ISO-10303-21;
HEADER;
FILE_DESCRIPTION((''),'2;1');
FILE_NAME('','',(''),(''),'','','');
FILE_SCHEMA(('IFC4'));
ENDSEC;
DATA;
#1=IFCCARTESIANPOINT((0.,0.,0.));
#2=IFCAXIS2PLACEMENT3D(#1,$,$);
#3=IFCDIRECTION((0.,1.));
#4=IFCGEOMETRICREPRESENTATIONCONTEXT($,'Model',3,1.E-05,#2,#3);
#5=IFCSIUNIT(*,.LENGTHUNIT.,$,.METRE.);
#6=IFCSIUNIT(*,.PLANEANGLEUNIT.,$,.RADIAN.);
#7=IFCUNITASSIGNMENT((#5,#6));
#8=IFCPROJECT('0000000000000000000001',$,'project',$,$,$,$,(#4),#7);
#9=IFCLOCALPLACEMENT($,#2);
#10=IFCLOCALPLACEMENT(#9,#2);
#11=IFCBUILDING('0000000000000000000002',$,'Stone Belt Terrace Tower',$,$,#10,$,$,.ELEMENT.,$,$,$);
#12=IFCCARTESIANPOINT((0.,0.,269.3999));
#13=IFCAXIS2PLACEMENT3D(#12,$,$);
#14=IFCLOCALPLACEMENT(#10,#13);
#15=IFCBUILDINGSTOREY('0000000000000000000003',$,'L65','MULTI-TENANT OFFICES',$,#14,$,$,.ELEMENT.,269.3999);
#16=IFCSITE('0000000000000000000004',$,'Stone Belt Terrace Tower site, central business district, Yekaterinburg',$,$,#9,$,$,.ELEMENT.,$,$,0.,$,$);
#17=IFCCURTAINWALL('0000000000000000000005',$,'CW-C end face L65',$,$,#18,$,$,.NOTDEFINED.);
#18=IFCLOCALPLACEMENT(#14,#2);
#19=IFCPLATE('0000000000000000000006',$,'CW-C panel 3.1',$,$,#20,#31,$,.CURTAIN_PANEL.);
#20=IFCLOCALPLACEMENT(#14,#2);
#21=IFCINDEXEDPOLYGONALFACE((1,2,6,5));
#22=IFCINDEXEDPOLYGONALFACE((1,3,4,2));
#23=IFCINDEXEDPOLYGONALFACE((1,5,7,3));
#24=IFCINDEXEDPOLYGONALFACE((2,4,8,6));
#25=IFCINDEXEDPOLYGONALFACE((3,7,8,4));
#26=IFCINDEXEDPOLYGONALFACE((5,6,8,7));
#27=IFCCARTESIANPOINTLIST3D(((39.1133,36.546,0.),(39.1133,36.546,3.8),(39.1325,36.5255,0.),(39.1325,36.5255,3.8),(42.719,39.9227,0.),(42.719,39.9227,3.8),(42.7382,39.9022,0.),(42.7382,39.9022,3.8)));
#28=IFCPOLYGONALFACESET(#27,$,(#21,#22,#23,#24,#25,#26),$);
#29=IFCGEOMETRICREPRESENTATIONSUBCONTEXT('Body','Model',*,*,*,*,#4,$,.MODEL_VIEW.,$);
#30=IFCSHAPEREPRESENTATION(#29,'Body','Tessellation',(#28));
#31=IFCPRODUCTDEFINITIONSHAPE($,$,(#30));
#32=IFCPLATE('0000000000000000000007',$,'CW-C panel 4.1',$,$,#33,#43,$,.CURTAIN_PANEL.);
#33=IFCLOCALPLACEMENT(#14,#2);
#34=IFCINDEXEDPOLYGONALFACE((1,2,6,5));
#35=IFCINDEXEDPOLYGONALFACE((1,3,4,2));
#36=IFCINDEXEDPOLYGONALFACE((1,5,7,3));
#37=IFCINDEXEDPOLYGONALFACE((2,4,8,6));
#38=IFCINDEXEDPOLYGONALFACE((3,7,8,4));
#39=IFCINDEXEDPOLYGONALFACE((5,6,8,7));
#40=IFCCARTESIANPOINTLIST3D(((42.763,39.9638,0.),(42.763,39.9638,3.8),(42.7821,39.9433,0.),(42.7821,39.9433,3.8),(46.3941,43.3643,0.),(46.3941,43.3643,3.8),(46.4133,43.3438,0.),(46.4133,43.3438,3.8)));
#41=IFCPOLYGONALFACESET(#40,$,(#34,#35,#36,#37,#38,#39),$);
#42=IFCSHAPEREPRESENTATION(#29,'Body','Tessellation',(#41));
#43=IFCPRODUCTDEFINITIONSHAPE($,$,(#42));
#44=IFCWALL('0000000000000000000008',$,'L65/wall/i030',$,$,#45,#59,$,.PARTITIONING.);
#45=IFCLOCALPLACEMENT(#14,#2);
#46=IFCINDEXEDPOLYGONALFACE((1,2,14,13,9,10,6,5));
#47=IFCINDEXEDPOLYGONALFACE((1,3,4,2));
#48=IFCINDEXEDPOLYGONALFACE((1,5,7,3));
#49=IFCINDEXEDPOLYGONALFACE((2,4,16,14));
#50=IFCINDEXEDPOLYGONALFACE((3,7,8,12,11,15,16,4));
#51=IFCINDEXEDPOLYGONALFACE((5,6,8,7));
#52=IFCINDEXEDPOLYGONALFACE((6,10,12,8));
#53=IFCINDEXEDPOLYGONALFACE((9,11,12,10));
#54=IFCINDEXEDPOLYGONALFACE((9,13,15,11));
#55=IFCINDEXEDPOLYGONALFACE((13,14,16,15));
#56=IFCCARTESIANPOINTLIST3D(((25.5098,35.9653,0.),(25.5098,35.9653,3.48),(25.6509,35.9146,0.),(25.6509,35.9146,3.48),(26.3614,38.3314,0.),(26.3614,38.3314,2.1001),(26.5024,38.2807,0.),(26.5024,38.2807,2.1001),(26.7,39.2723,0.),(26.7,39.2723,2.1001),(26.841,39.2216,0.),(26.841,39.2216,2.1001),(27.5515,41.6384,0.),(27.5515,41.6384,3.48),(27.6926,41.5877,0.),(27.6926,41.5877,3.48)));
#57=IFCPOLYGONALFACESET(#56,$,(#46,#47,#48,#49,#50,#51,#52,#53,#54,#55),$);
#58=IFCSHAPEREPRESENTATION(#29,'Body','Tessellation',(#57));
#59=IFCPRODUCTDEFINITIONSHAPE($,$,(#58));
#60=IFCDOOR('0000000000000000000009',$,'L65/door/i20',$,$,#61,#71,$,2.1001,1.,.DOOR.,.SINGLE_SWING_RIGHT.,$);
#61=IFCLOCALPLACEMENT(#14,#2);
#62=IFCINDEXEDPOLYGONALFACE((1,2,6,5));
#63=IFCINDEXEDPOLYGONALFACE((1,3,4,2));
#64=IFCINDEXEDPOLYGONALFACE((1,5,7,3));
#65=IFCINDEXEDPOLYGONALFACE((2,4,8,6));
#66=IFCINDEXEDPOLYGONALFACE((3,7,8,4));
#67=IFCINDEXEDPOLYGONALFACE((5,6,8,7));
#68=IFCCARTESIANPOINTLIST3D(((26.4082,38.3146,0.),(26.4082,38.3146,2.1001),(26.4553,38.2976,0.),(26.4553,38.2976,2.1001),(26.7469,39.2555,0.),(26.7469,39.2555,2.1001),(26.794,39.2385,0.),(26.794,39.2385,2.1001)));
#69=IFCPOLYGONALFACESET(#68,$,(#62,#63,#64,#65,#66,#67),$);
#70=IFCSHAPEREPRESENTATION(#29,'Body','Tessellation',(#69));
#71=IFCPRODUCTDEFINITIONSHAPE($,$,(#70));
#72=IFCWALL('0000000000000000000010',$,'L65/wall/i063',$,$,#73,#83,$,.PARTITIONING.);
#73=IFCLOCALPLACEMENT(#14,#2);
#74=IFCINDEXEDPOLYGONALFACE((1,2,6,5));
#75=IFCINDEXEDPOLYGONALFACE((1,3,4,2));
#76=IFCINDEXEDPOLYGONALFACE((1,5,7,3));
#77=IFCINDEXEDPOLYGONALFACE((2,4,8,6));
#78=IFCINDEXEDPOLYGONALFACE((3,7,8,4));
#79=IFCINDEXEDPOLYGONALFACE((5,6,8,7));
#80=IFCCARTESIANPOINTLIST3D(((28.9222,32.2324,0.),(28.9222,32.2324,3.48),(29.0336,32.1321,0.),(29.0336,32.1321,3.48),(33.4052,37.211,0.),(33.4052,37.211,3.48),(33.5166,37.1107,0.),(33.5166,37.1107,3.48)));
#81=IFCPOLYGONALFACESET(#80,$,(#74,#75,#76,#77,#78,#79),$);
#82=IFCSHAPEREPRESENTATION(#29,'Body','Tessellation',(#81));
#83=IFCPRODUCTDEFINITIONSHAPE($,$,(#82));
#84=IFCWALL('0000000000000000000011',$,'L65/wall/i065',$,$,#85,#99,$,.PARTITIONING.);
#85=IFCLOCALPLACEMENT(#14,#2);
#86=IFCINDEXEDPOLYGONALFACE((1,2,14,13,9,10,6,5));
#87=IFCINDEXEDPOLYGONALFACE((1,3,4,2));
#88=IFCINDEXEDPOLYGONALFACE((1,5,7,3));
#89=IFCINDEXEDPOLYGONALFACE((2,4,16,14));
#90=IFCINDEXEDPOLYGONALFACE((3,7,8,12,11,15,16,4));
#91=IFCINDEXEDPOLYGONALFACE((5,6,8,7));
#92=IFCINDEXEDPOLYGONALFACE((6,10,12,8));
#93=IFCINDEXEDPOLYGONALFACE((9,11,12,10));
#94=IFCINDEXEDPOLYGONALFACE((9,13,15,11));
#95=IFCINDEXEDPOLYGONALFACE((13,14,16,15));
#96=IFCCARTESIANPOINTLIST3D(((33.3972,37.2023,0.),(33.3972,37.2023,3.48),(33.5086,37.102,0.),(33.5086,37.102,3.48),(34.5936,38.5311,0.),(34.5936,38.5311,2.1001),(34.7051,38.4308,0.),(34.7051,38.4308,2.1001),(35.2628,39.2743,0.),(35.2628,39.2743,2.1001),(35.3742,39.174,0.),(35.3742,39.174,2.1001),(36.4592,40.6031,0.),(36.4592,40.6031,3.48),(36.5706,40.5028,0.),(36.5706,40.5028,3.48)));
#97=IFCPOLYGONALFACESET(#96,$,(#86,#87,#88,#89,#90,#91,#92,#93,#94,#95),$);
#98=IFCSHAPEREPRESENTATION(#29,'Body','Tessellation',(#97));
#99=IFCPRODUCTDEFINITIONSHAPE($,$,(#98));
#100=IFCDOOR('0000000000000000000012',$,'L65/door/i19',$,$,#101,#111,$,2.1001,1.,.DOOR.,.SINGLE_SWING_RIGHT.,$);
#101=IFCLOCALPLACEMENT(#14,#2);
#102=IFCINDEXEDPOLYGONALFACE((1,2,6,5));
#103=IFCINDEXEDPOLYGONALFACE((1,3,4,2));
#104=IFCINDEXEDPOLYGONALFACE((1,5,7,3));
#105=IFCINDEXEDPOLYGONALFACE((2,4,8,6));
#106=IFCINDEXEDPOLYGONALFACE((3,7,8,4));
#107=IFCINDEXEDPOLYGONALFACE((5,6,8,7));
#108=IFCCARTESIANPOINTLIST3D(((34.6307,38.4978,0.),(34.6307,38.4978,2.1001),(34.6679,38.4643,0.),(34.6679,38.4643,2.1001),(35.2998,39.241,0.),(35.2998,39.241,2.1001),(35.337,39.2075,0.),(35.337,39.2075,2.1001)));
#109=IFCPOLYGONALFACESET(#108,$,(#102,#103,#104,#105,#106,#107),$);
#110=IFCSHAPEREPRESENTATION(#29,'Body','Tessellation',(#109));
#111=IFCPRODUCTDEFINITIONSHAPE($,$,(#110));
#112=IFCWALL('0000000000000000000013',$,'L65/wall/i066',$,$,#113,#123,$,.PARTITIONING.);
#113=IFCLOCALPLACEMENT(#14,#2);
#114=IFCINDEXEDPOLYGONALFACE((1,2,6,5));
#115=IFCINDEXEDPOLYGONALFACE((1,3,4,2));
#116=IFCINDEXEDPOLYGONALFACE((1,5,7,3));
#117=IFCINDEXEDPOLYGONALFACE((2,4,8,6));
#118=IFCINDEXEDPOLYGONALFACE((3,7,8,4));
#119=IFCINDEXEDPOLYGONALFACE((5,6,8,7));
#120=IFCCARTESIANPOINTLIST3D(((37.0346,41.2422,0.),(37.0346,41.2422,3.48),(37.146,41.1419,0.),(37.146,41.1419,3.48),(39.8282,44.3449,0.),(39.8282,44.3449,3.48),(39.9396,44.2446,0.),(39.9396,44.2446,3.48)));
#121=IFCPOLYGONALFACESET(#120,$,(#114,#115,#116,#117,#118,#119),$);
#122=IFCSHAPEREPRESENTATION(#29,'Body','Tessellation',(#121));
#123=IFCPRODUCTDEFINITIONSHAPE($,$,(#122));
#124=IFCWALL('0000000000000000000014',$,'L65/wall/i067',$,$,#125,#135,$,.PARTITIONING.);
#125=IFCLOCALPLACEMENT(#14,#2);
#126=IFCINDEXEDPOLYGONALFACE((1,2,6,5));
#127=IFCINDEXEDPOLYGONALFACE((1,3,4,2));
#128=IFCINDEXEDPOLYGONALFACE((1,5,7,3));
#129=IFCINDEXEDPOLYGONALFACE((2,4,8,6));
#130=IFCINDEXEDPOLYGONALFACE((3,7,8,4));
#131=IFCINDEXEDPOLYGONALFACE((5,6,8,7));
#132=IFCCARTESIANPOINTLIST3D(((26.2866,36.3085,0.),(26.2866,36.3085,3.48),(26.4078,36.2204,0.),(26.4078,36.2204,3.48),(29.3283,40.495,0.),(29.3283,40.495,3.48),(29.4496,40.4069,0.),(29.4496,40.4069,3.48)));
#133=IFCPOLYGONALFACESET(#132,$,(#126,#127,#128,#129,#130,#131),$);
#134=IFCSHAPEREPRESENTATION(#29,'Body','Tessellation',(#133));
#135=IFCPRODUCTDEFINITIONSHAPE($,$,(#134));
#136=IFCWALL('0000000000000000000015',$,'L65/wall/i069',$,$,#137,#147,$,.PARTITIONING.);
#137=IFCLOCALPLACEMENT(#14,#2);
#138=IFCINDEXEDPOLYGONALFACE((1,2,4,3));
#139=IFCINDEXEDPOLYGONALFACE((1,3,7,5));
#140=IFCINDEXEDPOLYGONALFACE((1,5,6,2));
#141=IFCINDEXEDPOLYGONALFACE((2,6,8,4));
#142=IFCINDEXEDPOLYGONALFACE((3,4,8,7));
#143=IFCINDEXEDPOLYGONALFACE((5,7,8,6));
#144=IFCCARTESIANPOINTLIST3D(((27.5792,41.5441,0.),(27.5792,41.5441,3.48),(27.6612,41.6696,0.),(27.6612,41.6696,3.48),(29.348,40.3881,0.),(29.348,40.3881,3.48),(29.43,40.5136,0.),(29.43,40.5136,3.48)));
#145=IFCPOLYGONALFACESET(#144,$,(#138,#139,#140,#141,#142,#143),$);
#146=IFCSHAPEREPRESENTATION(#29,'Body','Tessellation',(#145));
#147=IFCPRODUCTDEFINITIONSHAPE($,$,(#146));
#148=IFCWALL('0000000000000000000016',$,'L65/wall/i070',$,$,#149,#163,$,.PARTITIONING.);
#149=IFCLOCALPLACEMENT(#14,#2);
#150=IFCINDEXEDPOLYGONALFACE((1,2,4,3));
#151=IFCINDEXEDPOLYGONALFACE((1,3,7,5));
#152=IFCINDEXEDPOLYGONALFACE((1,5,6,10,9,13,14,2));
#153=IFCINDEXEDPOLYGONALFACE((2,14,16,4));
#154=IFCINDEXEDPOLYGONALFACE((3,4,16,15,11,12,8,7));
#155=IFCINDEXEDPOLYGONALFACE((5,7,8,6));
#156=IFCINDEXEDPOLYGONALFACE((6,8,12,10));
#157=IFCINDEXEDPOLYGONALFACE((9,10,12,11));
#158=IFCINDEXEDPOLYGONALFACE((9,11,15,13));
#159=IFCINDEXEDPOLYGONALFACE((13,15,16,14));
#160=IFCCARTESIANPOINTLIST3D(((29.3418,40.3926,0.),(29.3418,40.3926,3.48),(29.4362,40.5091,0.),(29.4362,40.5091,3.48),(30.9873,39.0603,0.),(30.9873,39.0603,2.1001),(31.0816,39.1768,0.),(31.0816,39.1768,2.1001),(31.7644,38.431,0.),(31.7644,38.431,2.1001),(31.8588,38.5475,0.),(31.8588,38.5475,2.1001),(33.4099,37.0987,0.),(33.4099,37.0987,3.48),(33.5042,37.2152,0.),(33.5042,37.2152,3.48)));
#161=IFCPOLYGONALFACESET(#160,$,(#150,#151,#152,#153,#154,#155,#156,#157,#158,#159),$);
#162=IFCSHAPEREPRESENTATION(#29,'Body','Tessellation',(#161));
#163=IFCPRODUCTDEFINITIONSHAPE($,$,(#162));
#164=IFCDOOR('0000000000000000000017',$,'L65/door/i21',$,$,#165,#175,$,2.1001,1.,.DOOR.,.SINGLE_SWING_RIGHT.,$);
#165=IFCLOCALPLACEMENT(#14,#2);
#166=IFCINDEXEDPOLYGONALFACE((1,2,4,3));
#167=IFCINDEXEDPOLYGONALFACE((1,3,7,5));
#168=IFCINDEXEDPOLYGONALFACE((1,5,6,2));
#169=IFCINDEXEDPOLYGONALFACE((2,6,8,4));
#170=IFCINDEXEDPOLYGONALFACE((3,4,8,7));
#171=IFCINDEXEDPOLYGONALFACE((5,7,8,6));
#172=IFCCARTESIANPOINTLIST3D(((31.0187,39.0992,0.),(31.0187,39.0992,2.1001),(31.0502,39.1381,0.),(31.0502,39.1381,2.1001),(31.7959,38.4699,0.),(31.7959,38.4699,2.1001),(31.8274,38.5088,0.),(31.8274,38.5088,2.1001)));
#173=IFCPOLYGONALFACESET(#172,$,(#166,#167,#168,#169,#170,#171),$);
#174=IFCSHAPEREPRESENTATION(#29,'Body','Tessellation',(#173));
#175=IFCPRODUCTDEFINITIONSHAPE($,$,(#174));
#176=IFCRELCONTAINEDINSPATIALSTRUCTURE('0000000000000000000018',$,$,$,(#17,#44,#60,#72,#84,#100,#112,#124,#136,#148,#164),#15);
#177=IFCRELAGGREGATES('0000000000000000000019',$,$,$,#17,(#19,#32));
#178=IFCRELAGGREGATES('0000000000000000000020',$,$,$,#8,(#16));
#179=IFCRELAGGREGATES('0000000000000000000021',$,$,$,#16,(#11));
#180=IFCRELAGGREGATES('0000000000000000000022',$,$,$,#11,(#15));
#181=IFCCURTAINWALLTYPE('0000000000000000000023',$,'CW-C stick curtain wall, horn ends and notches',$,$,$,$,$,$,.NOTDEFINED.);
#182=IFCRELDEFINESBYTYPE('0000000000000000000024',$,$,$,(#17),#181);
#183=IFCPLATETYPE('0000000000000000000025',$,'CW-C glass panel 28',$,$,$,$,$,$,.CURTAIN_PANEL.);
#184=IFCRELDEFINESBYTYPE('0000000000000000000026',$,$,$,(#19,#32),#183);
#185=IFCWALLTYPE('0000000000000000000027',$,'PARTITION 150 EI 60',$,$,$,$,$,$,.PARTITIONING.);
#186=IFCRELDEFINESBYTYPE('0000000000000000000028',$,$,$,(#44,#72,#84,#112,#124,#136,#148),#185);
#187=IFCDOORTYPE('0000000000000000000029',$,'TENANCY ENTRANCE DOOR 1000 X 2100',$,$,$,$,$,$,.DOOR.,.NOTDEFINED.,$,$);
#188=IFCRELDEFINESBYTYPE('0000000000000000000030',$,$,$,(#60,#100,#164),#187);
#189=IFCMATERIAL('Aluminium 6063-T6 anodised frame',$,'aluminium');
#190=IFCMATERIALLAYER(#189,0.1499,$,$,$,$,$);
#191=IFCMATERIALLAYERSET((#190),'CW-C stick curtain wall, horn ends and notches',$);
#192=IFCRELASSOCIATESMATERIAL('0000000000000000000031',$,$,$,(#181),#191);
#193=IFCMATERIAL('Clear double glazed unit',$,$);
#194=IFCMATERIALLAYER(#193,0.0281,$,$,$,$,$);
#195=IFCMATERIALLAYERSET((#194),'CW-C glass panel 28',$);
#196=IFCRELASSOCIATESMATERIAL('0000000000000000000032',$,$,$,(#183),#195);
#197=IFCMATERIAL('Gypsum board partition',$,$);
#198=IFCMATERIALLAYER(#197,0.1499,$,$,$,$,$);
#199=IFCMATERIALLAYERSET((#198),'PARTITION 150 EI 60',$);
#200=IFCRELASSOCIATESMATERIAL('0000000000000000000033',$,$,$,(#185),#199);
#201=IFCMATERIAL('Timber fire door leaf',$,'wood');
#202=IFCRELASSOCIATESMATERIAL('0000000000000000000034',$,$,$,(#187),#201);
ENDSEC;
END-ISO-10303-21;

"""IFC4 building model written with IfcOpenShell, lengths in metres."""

from ifc_helpers import new_model, si_unit, direction, frame, frame_2d, origin, origin_2d, place, context, subcontext, project, spatial, rectangle, extrude, material, layer, layer_set, type_object, element, fill, aggregate, save


model = new_model("IFC4")

# Units and contexts
model_context = context("Model", 3, precision=1e-05, world=origin(), true_north=direction((0.0, 1.0)))
body_context = subcontext(model_context, "Body", "Model", "MODEL_VIEW")
ifc_project = project(units=[si_unit("LENGTHUNIT", "METRE"), si_unit("PLANEANGLEUNIT", "RADIAN")], contexts=[model_context])

# Site, building, storey
site_placement = place(None, origin())
site = spatial("IfcSite", under=ifc_project, at=site_placement, Name="Stone Belt Terrace Tower site, central business district, Yekaterinburg", CompositionType="ELEMENT", RefElevation=0.0)
building_placement = place(site_placement, origin())
building = spatial("IfcBuilding", under=site, at=building_placement, Name="Stone Belt Terrace Tower", CompositionType="ELEMENT")
storey_placement = place(building_placement, frame((0.0, 0.0, 269.3999)))
storey = spatial("IfcBuildingStorey", under=building, at=storey_placement, Name="L65", Description="MULTI-TENANT OFFICES", CompositionType="ELEMENT", Elevation=269.3999)

# Curtain wall
ifc_material_1 = material(Name="Aluminium 6063-T6 anodised frame", Category="aluminium")
ifc_layer_1 = layer(ifc_material_1, 0.1499)
ifc_layer_set_1 = layer_set([ifc_layer_1], Name="CW-C stick curtain wall, horn ends and notches")
curtain_wall_type_1 = type_object("IfcCurtainWallType", Name="CW-C stick curtain wall, horn ends and notches", PredefinedType="NOTDEFINED", material=ifc_layer_set_1)
curtain_wall_1_placement = place(storey_placement, origin())
curtain_wall_1 = element("IfcCurtainWall", 1, at=curtain_wall_1_placement, inside=storey, type_object=curtain_wall_type_1, Name="CW-C end face L65", PredefinedType="NOTDEFINED")

# Shared definitions
ifc_material_2 = material(Name="Clear double glazed unit")

# Plates
ifc_layer_2 = layer(ifc_material_2, 0.0281)
ifc_layer_set_2 = layer_set([ifc_layer_2], Name="CW-C glass panel 28")
plate_type_1 = type_object("IfcPlateType", Name="CW-C glass panel 28", PredefinedType="CURTAIN_PANEL", material=ifc_layer_set_2)
plate_1_placement = place(storey_placement, frame((40.9258, 38.2241, 0.0), z_axis=(0.0, 0.0, 1.0), x_axis=(0.729904, 0.683549, 0.0)))
plate_1 = element("IfcPlate", 2, at=plate_1_placement, type_object=plate_type_1, Name="CW-C panel 3.1", PredefinedType="CURTAIN_PANEL", context=body_context, shape_type="SweptSolid", body=[
    extrude(rectangle(XDim=4.9399, YDim=0.0281, at=origin_2d()), origin(), (0.0, 0.0, 1.0), 3.8),
])
plate_2_placement = place(storey_placement, frame((44.5881, 41.6538, 0.0), z_axis=(0.0, 0.0, 1.0), x_axis=(0.729904, 0.683549, 0.0)))
plate_2 = element("IfcPlate", 3, at=plate_2_placement, type_object=plate_type_1, Name="CW-C panel 4.1", PredefinedType="CURTAIN_PANEL", context=body_context, shape_type="SweptSolid", body=[
    extrude(rectangle(XDim=4.9749, YDim=0.0281, at=origin_2d()), origin(), (0.0, 0.0, 1.0), 3.8),
])
aggregate(curtain_wall_1, [plate_1, plate_2])

# Wall, opening, door
ifc_material_3 = material(Name="Gypsum board partition")
ifc_layer_3 = layer(ifc_material_3, 0.1499)
ifc_layer_set_3 = layer_set([ifc_layer_3], Name="PARTITION 150 EI 60")
wall_type = type_object("IfcWallType", Name="PARTITION 150 EI 60", PredefinedType="PARTITIONING", material=ifc_layer_set_3)
wall_1_placement = place(storey_placement, frame((27.6221, 41.613, 0.0), z_axis=(0.0, 0.0, 1.0), x_axis=(-0.338636, -0.940917, 0.0)))
wall_1 = element("IfcWall", 4, at=wall_1_placement, inside=storey, type_object=wall_type, Name="L65/wall/i030", PredefinedType="PARTITIONING", context=body_context, shape_type="SweptSolid", body=[
    extrude(rectangle(XDim=6.0293, YDim=0.1499, at=frame_2d((3.0146, 0.0))), origin(), (0.0, 0.0, 1.0), 3.48),
])
opening_1_placement = place(wall_1_placement, frame((2.5146, 0.0, 0.0)))
opening_1 = element("IfcOpeningElement", 5, at=opening_1_placement, cuts=wall_1, PredefinedType="OPENING", context=body_context, shape_type="SweptSolid", body=[
    extrude(rectangle(XDim=1.0, YDim=2.1001, at=frame_2d((0.5, 1.05))), frame((0.0, 0.085, 0.0), z_axis=(0.0, -1.0, 0.0), x_axis=(1.0, 0.0, 0.0)), (0.0, 0.0, 1.0), 0.1699),
])
ifc_material_4 = material(Name="Timber fire door leaf", Category="wood")
door_type = type_object("IfcDoorType", Name="TENANCY ENTRANCE DOOR 1000 X 2100", OperationType="NOTDEFINED", PredefinedType="DOOR", material=ifc_material_4)
door_1_placement = place(opening_1_placement, origin())
door_1 = element("IfcDoor", 6, at=door_1_placement, inside=storey, type_object=door_type, Name="L65/door/i20", OperationType="SINGLE_SWING_RIGHT", OverallHeight=2.1001, OverallWidth=1.0, PredefinedType="DOOR", context=body_context, shape_type="SweptSolid", body=[
    extrude(rectangle(XDim=1.0, YDim=2.1001, at=frame_2d((0.5, 1.05))), frame((0.0, 0.0249, 0.0), z_axis=(0.0, -1.0, 0.0), x_axis=(1.0, 0.0, 0.0)), (0.0, 0.0, 1.0), 0.05),
])
fill(opening_1, door_1)

# Wall
wall_2_placement = place(storey_placement, frame((28.978, 32.1824, 0.0), z_axis=(0.0, 0.0, 1.0), x_axis=(0.66915, 0.743127, 0.0)))
element("IfcWall", 7, at=wall_2_placement, inside=storey, type_object=wall_type, Name="L65/wall/i063", PredefinedType="PARTITIONING", context=body_context, shape_type="SweptSolid", body=[
    extrude(rectangle(XDim=6.6995, YDim=0.1499, at=frame_2d((3.3496, 0.0))), origin(), (0.0, 0.0, 1.0), 3.48),
])

# Wall, opening, door
wall_3_placement = place(storey_placement, frame((36.5149, 40.553, 0.0), z_axis=(0.0, 0.0, 1.0), x_axis=(-0.669112, -0.743161, 0.0)))
wall_3 = element("IfcWall", 8, at=wall_3_placement, inside=storey, type_object=wall_type, Name="L65/wall/i065", PredefinedType="PARTITIONING", context=body_context, shape_type="SweptSolid", body=[
    extrude(rectangle(XDim=4.5762, YDim=0.1499, at=frame_2d((2.2881, 0.0))), origin(), (0.0, 0.0, 1.0), 3.48),
])
opening_2_placement = place(wall_3_placement, frame((1.7881, 0.0, 0.0)))
opening_2 = element("IfcOpeningElement", 9, at=opening_2_placement, cuts=wall_3, PredefinedType="OPENING", context=body_context, shape_type="SweptSolid", body=[
    extrude(rectangle(XDim=1.0, YDim=2.1001, at=frame_2d((0.5, 1.05))), frame((0.0, 0.085, 0.0), z_axis=(0.0, -1.0, 0.0), x_axis=(1.0, 0.0, 0.0)), (0.0, 0.0, 1.0), 0.1699),
])
door_2_placement = place(opening_2_placement, origin())
door_2 = element("IfcDoor", 10, at=door_2_placement, inside=storey, type_object=door_type, Name="L65/door/i19", OperationType="SINGLE_SWING_RIGHT", OverallHeight=2.1001, OverallWidth=1.0, PredefinedType="DOOR", context=body_context, shape_type="SweptSolid", body=[
    extrude(rectangle(XDim=1.0, YDim=2.1001, at=frame_2d((0.5, 1.05))), frame((0.0, 0.0249, 0.0), z_axis=(0.0, -1.0, 0.0), x_axis=(1.0, 0.0, 0.0)), (0.0, 0.0, 1.0), 0.05),
])
fill(opening_2, door_2)

# Walls
wall_4_placement = place(storey_placement, frame((37.0903, 41.1921, 0.0), z_axis=(0.0, 0.0, 1.0), x_axis=(0.669123, 0.743152, 0.0)))
element("IfcWall", 11, at=wall_4_placement, inside=storey, type_object=wall_type, Name="L65/wall/i066", PredefinedType="PARTITIONING", context=body_context, shape_type="SweptSolid", body=[
    extrude(rectangle(XDim=4.175, YDim=0.1499, at=frame_2d((2.0874, 0.0))), origin(), (0.0, 0.0, 1.0), 3.48),
])
wall_5_placement = place(storey_placement, frame((29.3889, 40.4509, 0.0), z_axis=(0.0, 0.0, 1.0), x_axis=(-0.587793, -0.809011, 0.0)))
element("IfcWall", 12, at=wall_5_placement, inside=storey, type_object=wall_type, Name="L65/wall/i067", PredefinedType="PARTITIONING", context=body_context, shape_type="SweptSolid", body=[
    extrude(rectangle(XDim=5.1748, YDim=0.1499, at=frame_2d((2.5874, 0.0))), origin(), (0.0, 0.0, 1.0), 3.48),
])
wall_6_placement = place(storey_placement, frame((27.6201, 41.6069, 0.0), z_axis=(0.0, 0.0, 1.0), x_axis=(0.837082, -0.547078, 0.0)))
element("IfcWall", 13, at=wall_6_placement, inside=storey, type_object=wall_type, Name="L65/wall/i069", PredefinedType="PARTITIONING", context=body_context, shape_type="SweptSolid", body=[
    extrude(rectangle(XDim=2.113, YDim=0.1499, at=frame_2d((1.0566, 0.0))), origin(), (0.0, 0.0, 1.0), 3.48),
])

# Wall, opening, door
wall_7_placement = place(storey_placement, frame((33.457, 37.157, 0.0), z_axis=(0.0, 0.0, 1.0), x_axis=(-0.777179, 0.62928, 0.0)))
wall_7 = element("IfcWall", 14, at=wall_7_placement, inside=storey, type_object=wall_type, Name="L65/wall/i070", PredefinedType="PARTITIONING", context=body_context, shape_type="SweptSolid", body=[
    extrude(rectangle(XDim=5.2344, YDim=0.1499, at=frame_2d((2.6172, 0.0))), origin(), (0.0, 0.0, 1.0), 3.48),
])
opening_3_placement = place(wall_7_placement, frame((2.1172, 0.0, 0.0)))
opening_3 = element("IfcOpeningElement", 15, at=opening_3_placement, cuts=wall_7, PredefinedType="OPENING", context=body_context, shape_type="SweptSolid", body=[
    extrude(rectangle(XDim=1.0, YDim=2.1001, at=frame_2d((0.5, 1.05))), frame((0.0, 0.085, 0.0), z_axis=(0.0, -1.0, 0.0), x_axis=(1.0, 0.0, 0.0)), (0.0, 0.0, 1.0), 0.1699),
])
door_3_placement = place(opening_3_placement, origin())
door_3 = element("IfcDoor", 16, at=door_3_placement, inside=storey, type_object=door_type, Name="L65/door/i21", OperationType="SINGLE_SWING_RIGHT", OverallHeight=2.1001, OverallWidth=1.0, PredefinedType="DOOR", context=body_context, shape_type="SweptSolid", body=[
    extrude(rectangle(XDim=1.0, YDim=2.1001, at=frame_2d((0.5, 1.05))), frame((0.0, 0.0249, 0.0), z_axis=(0.0, -1.0, 0.0), x_axis=(1.0, 0.0, 0.0)), (0.0, 0.0, 1.0), 0.05),
])
fill(opening_3, door_3)

save(model, "model.ifc")
